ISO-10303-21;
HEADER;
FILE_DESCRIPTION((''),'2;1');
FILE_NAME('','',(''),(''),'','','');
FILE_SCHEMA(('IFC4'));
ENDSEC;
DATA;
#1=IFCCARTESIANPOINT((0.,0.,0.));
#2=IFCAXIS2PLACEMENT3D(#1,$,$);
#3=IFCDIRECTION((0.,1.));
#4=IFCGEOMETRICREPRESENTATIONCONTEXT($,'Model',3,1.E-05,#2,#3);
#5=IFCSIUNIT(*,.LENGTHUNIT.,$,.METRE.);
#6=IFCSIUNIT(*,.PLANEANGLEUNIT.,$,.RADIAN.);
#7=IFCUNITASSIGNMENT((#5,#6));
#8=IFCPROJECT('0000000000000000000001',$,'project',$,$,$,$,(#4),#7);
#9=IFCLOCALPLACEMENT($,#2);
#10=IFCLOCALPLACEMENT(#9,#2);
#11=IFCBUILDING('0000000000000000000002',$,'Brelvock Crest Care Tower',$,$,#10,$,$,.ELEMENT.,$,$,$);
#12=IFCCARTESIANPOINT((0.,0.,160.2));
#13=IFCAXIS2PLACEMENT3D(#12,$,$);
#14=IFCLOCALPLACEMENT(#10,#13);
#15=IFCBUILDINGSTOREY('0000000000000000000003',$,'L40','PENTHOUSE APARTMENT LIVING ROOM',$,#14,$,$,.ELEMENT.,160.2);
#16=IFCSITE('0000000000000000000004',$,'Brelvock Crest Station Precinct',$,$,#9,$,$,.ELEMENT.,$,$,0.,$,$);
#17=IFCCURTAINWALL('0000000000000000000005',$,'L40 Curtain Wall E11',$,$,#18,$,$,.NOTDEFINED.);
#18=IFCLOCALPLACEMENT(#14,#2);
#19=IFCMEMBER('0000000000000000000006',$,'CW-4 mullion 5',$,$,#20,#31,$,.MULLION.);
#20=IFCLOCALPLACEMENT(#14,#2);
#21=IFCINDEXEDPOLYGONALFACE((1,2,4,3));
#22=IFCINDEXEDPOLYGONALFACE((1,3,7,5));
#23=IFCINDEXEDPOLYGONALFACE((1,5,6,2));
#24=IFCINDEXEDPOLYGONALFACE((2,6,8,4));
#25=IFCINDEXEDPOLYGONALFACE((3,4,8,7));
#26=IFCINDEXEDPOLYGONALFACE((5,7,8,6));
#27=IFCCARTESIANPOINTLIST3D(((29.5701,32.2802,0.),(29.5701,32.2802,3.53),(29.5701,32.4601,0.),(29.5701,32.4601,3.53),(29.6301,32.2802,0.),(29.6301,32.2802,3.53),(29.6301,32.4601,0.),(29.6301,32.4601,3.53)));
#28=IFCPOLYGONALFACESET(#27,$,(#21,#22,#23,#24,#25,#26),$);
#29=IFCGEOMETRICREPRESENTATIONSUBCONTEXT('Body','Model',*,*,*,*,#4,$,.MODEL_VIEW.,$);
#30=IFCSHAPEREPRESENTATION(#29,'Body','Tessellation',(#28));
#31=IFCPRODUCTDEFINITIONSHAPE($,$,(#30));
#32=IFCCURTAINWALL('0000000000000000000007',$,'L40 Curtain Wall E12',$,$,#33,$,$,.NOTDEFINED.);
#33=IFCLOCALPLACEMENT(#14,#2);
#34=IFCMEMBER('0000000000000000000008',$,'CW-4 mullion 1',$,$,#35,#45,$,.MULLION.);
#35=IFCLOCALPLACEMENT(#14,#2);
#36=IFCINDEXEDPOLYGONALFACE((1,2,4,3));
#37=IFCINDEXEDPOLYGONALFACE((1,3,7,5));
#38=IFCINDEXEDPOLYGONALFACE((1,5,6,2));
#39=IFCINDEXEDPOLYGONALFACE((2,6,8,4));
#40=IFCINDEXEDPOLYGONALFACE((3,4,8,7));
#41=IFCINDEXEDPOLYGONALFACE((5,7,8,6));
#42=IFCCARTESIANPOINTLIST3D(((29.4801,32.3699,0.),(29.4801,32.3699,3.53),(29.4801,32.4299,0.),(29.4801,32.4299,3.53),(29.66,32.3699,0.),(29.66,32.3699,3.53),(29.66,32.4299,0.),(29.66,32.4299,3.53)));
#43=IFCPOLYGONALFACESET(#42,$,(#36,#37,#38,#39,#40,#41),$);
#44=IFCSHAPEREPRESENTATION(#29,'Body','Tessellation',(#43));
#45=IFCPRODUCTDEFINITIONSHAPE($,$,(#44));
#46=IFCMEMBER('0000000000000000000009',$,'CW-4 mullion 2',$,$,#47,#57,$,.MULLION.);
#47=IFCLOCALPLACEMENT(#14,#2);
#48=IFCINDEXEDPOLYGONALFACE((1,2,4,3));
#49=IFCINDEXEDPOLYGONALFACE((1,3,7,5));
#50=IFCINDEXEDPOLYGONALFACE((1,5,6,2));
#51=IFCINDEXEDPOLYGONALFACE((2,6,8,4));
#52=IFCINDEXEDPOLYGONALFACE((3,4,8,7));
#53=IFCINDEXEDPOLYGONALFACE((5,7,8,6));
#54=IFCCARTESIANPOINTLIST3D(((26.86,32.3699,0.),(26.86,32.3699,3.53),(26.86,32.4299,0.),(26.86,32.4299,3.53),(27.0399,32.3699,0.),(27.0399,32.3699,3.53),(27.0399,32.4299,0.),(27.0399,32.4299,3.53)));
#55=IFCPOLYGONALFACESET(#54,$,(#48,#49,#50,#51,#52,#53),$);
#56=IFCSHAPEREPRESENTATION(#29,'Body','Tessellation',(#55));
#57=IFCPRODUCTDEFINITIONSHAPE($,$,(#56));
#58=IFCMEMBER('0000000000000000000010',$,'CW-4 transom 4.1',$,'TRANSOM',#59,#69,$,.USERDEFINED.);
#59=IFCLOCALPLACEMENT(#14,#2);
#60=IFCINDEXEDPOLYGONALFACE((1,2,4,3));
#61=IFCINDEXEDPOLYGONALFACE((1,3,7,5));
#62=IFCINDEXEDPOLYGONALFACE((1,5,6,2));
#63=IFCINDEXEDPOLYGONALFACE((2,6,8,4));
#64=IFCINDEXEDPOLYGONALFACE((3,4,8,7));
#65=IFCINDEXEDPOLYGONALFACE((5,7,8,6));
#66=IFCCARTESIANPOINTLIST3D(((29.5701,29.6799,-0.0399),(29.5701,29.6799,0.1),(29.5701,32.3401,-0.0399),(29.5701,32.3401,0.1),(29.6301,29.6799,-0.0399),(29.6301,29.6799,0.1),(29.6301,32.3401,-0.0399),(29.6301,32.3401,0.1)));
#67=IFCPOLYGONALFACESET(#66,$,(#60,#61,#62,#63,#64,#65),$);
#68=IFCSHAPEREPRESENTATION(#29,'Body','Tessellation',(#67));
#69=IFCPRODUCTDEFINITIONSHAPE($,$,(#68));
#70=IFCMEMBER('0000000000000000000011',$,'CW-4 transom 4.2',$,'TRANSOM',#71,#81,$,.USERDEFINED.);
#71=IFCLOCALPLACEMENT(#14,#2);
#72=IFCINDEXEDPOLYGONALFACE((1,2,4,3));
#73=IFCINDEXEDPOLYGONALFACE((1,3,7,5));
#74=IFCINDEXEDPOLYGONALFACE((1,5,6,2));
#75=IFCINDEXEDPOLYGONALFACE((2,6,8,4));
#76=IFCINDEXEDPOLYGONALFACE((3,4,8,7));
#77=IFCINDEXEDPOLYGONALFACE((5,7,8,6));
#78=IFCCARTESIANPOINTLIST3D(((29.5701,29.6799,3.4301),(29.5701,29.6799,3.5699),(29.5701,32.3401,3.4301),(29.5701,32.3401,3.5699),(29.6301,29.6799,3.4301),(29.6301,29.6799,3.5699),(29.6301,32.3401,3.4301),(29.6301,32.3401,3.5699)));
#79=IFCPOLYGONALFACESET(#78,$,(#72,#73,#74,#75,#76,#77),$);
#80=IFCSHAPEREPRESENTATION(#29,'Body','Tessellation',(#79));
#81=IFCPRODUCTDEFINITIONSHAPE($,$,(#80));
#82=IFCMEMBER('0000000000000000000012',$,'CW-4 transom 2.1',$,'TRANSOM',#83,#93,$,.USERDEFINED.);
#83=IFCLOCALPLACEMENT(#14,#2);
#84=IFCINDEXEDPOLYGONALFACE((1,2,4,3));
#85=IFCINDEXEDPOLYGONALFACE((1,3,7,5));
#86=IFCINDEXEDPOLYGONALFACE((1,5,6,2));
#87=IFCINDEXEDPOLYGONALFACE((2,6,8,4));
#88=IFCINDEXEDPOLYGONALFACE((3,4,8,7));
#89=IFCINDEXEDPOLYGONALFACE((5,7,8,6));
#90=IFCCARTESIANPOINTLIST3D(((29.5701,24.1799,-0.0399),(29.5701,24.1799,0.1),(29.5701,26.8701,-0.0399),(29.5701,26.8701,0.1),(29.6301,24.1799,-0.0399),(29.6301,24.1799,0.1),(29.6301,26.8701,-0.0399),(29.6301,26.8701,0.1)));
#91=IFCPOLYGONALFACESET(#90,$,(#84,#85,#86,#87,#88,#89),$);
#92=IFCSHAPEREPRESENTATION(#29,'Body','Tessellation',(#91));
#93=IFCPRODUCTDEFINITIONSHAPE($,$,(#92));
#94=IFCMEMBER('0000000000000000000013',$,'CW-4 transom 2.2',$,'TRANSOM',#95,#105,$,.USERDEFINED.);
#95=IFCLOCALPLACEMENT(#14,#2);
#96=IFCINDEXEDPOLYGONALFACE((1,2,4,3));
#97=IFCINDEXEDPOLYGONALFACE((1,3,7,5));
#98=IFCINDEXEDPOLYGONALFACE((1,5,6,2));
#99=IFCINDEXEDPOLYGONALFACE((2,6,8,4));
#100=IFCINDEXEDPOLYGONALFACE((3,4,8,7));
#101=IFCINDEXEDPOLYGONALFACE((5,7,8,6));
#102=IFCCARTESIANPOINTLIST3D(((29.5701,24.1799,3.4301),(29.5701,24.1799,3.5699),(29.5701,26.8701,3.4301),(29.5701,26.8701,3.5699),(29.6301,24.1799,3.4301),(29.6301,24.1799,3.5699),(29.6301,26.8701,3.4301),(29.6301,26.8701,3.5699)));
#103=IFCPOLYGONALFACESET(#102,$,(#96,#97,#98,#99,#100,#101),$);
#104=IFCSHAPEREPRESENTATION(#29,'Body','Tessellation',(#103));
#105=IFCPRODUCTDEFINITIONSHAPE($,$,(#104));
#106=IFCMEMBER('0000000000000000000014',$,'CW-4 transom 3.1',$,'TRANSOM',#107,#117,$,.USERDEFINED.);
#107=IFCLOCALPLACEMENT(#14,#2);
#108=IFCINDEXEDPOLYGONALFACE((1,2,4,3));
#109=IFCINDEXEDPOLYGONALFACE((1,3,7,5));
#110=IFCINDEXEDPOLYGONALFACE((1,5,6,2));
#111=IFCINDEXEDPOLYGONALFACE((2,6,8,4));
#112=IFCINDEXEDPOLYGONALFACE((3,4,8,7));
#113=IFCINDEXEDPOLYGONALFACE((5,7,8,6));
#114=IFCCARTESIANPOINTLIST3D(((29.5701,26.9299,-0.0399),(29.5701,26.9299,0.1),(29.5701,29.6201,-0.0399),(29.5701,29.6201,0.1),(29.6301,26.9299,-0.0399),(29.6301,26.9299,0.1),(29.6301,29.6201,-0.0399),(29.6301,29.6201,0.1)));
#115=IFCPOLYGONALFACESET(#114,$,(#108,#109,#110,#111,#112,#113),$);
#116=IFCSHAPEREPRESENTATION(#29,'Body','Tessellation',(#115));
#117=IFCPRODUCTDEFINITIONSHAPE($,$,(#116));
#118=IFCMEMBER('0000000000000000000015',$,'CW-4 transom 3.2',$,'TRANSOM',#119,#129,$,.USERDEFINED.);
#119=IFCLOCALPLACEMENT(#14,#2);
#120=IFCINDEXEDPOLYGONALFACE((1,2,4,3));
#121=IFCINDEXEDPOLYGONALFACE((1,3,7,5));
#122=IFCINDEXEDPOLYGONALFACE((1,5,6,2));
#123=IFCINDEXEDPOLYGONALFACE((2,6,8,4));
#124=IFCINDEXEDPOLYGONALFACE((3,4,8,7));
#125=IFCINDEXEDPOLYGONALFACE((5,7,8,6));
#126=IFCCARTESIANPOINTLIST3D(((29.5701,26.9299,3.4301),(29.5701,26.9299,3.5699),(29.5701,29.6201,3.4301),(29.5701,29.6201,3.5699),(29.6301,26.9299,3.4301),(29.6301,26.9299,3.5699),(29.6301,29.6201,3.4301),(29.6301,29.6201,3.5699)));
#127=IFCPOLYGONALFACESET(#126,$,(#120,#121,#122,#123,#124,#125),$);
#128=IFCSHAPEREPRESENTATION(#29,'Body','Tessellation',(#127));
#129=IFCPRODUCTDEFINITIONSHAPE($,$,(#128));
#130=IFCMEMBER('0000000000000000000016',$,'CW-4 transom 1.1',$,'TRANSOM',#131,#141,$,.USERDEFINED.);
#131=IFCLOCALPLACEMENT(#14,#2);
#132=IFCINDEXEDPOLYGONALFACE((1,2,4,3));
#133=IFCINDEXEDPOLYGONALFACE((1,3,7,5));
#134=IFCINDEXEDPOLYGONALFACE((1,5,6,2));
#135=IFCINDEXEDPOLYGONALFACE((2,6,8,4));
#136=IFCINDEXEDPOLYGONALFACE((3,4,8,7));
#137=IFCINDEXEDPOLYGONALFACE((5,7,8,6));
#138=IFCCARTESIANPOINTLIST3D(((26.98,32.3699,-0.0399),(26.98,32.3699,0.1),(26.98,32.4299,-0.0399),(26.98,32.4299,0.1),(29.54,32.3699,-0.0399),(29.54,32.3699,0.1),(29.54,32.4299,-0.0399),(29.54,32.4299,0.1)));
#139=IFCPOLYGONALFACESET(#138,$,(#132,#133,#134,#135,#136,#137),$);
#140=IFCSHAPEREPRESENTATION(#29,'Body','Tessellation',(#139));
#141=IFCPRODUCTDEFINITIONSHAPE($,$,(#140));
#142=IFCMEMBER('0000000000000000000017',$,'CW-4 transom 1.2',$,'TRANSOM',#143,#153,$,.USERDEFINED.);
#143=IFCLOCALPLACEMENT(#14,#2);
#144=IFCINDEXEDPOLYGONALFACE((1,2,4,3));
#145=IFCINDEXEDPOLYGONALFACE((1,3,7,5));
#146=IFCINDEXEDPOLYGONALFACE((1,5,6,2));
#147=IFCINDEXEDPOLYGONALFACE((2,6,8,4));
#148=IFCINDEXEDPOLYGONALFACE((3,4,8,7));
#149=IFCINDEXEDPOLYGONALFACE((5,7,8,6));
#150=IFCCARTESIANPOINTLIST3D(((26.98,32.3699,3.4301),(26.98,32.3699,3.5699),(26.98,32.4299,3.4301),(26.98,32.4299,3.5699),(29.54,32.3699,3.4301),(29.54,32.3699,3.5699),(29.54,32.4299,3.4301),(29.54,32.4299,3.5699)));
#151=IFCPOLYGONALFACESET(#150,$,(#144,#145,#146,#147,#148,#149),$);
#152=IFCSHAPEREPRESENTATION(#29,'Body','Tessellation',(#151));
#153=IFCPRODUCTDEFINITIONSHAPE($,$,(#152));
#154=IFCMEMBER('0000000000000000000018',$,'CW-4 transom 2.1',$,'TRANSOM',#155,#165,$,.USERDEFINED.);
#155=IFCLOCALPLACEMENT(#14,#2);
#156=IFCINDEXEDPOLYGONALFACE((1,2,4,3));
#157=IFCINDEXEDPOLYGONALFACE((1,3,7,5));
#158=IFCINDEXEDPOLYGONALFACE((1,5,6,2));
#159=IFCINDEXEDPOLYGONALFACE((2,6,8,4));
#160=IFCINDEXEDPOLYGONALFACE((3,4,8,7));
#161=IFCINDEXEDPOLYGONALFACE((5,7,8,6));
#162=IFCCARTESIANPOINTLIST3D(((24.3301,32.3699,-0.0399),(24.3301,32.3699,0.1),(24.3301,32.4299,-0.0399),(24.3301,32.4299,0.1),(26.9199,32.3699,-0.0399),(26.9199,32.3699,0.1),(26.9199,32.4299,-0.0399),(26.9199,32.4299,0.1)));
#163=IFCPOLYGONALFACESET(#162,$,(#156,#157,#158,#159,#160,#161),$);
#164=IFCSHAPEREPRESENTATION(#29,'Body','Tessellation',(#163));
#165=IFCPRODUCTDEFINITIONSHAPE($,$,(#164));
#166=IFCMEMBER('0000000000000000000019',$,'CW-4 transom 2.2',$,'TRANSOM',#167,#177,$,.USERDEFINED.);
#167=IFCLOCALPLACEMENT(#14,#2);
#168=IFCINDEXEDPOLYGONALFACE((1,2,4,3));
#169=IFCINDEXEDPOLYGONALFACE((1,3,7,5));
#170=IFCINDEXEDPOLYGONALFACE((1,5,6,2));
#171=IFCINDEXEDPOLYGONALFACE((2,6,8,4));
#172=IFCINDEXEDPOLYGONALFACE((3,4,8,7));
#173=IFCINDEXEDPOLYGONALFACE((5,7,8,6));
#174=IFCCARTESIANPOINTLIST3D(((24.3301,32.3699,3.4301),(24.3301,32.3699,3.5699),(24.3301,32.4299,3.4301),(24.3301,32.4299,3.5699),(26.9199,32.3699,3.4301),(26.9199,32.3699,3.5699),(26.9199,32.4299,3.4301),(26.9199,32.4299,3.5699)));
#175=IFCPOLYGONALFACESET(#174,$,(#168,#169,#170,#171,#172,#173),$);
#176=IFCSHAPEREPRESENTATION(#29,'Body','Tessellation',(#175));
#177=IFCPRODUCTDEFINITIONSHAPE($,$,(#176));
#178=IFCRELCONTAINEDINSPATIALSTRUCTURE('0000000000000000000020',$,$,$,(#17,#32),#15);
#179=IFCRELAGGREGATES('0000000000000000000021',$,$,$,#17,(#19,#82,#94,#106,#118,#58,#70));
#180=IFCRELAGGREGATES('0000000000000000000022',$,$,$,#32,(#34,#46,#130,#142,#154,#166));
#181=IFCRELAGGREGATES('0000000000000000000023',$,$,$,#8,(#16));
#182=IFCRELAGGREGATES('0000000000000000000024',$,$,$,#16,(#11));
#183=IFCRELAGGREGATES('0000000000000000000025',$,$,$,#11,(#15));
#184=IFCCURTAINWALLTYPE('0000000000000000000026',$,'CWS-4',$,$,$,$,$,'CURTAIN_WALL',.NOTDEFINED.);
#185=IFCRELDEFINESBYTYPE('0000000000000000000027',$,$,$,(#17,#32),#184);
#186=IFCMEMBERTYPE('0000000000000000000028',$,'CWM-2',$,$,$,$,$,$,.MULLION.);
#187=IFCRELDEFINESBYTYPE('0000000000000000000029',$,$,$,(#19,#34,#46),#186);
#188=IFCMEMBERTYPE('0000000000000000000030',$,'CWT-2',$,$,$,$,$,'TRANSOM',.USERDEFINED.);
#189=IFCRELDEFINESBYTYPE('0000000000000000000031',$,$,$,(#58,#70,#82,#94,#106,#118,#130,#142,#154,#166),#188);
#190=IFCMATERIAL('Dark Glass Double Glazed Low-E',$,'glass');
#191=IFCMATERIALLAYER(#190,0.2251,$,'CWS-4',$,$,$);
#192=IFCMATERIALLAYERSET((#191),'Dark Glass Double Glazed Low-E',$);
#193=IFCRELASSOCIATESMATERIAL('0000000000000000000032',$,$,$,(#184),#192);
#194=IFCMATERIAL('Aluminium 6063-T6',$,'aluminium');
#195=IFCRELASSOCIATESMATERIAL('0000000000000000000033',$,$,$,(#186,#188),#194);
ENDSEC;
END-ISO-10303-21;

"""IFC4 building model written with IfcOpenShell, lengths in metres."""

from ifc_helpers import new_model, si_unit, direction, frame, origin, origin_2d, place, context, subcontext, project, spatial, rectangle, extrude, source, transform, mapped, material, layer, layer_set, material_profile, profile_set, type_object, element, aggregate, save


model = new_model("IFC4")

# Units and contexts
model_context = context("Model", 3, precision=1e-05, world=origin(), true_north=direction((0.0, 1.0)))
body_context = subcontext(model_context, "Body", "Model", "MODEL_VIEW")
ifc_project = project(units=[si_unit("LENGTHUNIT", "METRE"), si_unit("PLANEANGLEUNIT", "RADIAN")], contexts=[model_context])

# Site, building, storey
site_placement = place(None, origin())
site = spatial("IfcSite", under=ifc_project, at=site_placement, Name="Brelvock Crest Station Precinct", CompositionType="ELEMENT", RefElevation=0.0)
building_placement = place(site_placement, origin())
building = spatial("IfcBuilding", under=site, at=building_placement, Name="Brelvock Crest Care Tower", CompositionType="ELEMENT")
storey_placement = place(building_placement, frame((0.0, 0.0, 160.2)))
storey = spatial("IfcBuildingStorey", under=building, at=storey_placement, Name="L40", Description="PENTHOUSE APARTMENT LIVING ROOM", CompositionType="ELEMENT", Elevation=160.2)

# Curtain walls, members
ifc_material_1 = material(Name="Dark Glass Double Glazed Low-E", Category="glass")
ifc_layer_1 = layer(ifc_material_1, 0.2251, Name="CWS-4")
ifc_layer_set_1 = layer_set([ifc_layer_1], Name="Dark Glass Double Glazed Low-E")
curtain_wall_type = type_object("IfcCurtainWallType", Name="CWS-4", ElementType="CURTAIN_WALL", PredefinedType="NOTDEFINED", material=ifc_layer_set_1)
curtain_wall_1_placement = place(storey_placement, origin())
curtain_wall_1 = element("IfcCurtainWall", 1, at=curtain_wall_1_placement, inside=storey, type_object=curtain_wall_type, Name="L40 Curtain Wall E11", PredefinedType="NOTDEFINED")
ifc_material_2 = material(Name="Aluminium 6063-T6", Category="aluminium")
ifc_material_profile_1 = material_profile(ifc_material_2, rectangle(XDim=0.0601, YDim=0.1799, at=origin_2d()), Name="ALU60x180")
ifc_profile_set_1 = profile_set([ifc_material_profile_1], Name="Aluminium 6063-T6")
member_type_1 = type_object("IfcMemberType", Name="CWM-2", PredefinedType="MULLION", material=ifc_profile_set_1)
shared_shape_1 = source(origin(), body_context, "Body", "SweptSolid", [
    extrude(rectangle(XDim=0.0601, YDim=0.1799, at=origin_2d()), origin(), (0.0, 0.0, 1.0), 3.53),
])
member_1_placement = place(storey_placement, frame((29.6001, 32.3701, 0.0), z_axis=(0.0, 0.0, 1.0), x_axis=(-1.0, 0.0, 0.0)))
member_1 = element("IfcMember", 2, at=member_1_placement, type_object=member_type_1, Name="CW-4 mullion 5", PredefinedType="MULLION", context=body_context, shape_type="MappedRepresentation", body=[
    mapped(shared_shape_1, transform((0.0, 0.0, 0.0), x_axis=(1.0, 0.0, 0.0), y_axis=(0.0, 1.0, 0.0), z_axis=(0.0, 0.0, 1.0), scale=1.0)),
])
curtain_wall_2_placement = place(storey_placement, origin())
curtain_wall_2 = element("IfcCurtainWall", 3, at=curtain_wall_2_placement, inside=storey, type_object=curtain_wall_type, Name="L40 Curtain Wall E12", PredefinedType="NOTDEFINED")
member_2_placement = place(storey_placement, frame((29.5701, 32.3999, 0.0), z_axis=(0.0, 0.0, 1.0), x_axis=(0.0, -1.0, 0.0)))
member_2 = element("IfcMember", 4, at=member_2_placement, type_object=member_type_1, Name="CW-4 mullion 1", PredefinedType="MULLION", context=body_context, shape_type="MappedRepresentation", body=[
    mapped(shared_shape_1, transform((0.0, 0.0, 0.0), x_axis=(1.0, 0.0, 0.0), y_axis=(0.0, 1.0, 0.0), z_axis=(0.0, 0.0, 1.0), scale=1.0)),
])
member_3_placement = place(storey_placement, frame((26.95, 32.3999, 0.0), z_axis=(0.0, 0.0, 1.0), x_axis=(0.0, -1.0, 0.0)))
member_3 = element("IfcMember", 5, at=member_3_placement, type_object=member_type_1, Name="CW-4 mullion 2", PredefinedType="MULLION", context=body_context, shape_type="MappedRepresentation", body=[
    mapped(shared_shape_1, transform((0.0, 0.0, 0.0), x_axis=(1.0, 0.0, 0.0), y_axis=(0.0, 1.0, 0.0), z_axis=(0.0, 0.0, 1.0), scale=1.0)),
])

# Members
ifc_material_profile_2 = material_profile(ifc_material_2, rectangle(XDim=0.0601, YDim=0.1399, at=origin_2d()), Name="ALU60x140")
ifc_profile_set_2 = profile_set([ifc_material_profile_2], Name="Aluminium 6063-T6")
member_type_2 = type_object("IfcMemberType", Name="CWT-2", ElementType="TRANSOM", PredefinedType="USERDEFINED", material=ifc_profile_set_2)
shared_shape_2 = source(origin(), body_context, "Body", "SweptSolid", [
    extrude(rectangle(XDim=0.0601, YDim=0.1399, at=origin_2d()), origin(), (0.0, 0.0, 1.0), 2.6602),
])
member_4_placement = place(storey_placement, frame((29.6001, 29.6799, 0.03), z_axis=(0.0, 1.0, 0.0), x_axis=(-1.0, 0.0, 0.0)))
member_4 = element("IfcMember", 6, at=member_4_placement, type_object=member_type_2, Name="CW-4 transom 4.1", ObjectType="TRANSOM", PredefinedType="USERDEFINED", context=body_context, shape_type="MappedRepresentation", body=[
    mapped(shared_shape_2, transform((0.0, 0.0, 0.0), x_axis=(1.0, 0.0, 0.0), y_axis=(0.0, 1.0, 0.0), z_axis=(0.0, 0.0, 1.0), scale=1.0)),
])
member_5_placement = place(storey_placement, frame((29.6001, 29.6799, 3.5), z_axis=(0.0, 1.0, 0.0), x_axis=(-1.0, 0.0, 0.0)))
member_5 = element("IfcMember", 7, at=member_5_placement, type_object=member_type_2, Name="CW-4 transom 4.2", ObjectType="TRANSOM", PredefinedType="USERDEFINED", context=body_context, shape_type="MappedRepresentation", body=[
    mapped(shared_shape_2, transform((0.0, 0.0, 0.0), x_axis=(1.0, 0.0, 0.0), y_axis=(0.0, 1.0, 0.0), z_axis=(0.0, 0.0, 1.0), scale=1.0)),
])
shared_shape_3 = source(origin(), body_context, "Body", "SweptSolid", [
    extrude(rectangle(XDim=0.0601, YDim=0.1399, at=origin_2d()), origin(), (0.0, 0.0, 1.0), 2.6902),
])
member_6_placement = place(storey_placement, frame((29.6001, 24.1799, 0.03), z_axis=(0.0, 1.0, 0.0), x_axis=(-1.0, 0.0, 0.0)))
member_6 = element("IfcMember", 8, at=member_6_placement, type_object=member_type_2, Name="CW-4 transom 2.1", ObjectType="TRANSOM", PredefinedType="USERDEFINED", context=body_context, shape_type="MappedRepresentation", body=[
    mapped(shared_shape_3, transform((0.0, 0.0, 0.0), x_axis=(1.0, 0.0, 0.0), y_axis=(0.0, 1.0, 0.0), z_axis=(0.0, 0.0, 1.0), scale=1.0)),
])
member_7_placement = place(storey_placement, frame((29.6001, 24.1799, 3.5), z_axis=(0.0, 1.0, 0.0), x_axis=(-1.0, 0.0, 0.0)))
member_7 = element("IfcMember", 9, at=member_7_placement, type_object=member_type_2, Name="CW-4 transom 2.2", ObjectType="TRANSOM", PredefinedType="USERDEFINED", context=body_context, shape_type="MappedRepresentation", body=[
    mapped(shared_shape_3, transform((0.0, 0.0, 0.0), x_axis=(1.0, 0.0, 0.0), y_axis=(0.0, 1.0, 0.0), z_axis=(0.0, 0.0, 1.0), scale=1.0)),
])
member_8_placement = place(storey_placement, frame((29.6001, 26.9299, 0.03), z_axis=(0.0, 1.0, 0.0), x_axis=(-1.0, 0.0, 0.0)))
member_8 = element("IfcMember", 10, at=member_8_placement, type_object=member_type_2, Name="CW-4 transom 3.1", ObjectType="TRANSOM", PredefinedType="USERDEFINED", context=body_context, shape_type="MappedRepresentation", body=[
    mapped(shared_shape_3, transform((0.0, 0.0, 0.0), x_axis=(1.0, 0.0, 0.0), y_axis=(0.0, 1.0, 0.0), z_axis=(0.0, 0.0, 1.0), scale=1.0)),
])
member_9_placement = place(storey_placement, frame((29.6001, 26.9299, 3.5), z_axis=(0.0, 1.0, 0.0), x_axis=(-1.0, 0.0, 0.0)))
member_9 = element("IfcMember", 11, at=member_9_placement, type_object=member_type_2, Name="CW-4 transom 3.2", ObjectType="TRANSOM", PredefinedType="USERDEFINED", context=body_context, shape_type="MappedRepresentation", body=[
    mapped(shared_shape_3, transform((0.0, 0.0, 0.0), x_axis=(1.0, 0.0, 0.0), y_axis=(0.0, 1.0, 0.0), z_axis=(0.0, 0.0, 1.0), scale=1.0)),
])
shared_shape_4 = source(origin(), body_context, "Body", "SweptSolid", [
    extrude(rectangle(XDim=0.0601, YDim=0.1399, at=origin_2d()), origin(), (0.0, 0.0, 1.0), 2.5601),
])
member_10_placement = place(storey_placement, frame((29.54, 32.3999, 0.03), z_axis=(-1.0, 0.0, 0.0), x_axis=(0.0, -1.0, 0.0)))
member_10 = element("IfcMember", 12, at=member_10_placement, type_object=member_type_2, Name="CW-4 transom 1.1", ObjectType="TRANSOM", PredefinedType="USERDEFINED", context=body_context, shape_type="MappedRepresentation", body=[
    mapped(shared_shape_4, transform((0.0, 0.0, 0.0), x_axis=(1.0, 0.0, 0.0), y_axis=(0.0, 1.0, 0.0), z_axis=(0.0, 0.0, 1.0), scale=1.0)),
])
member_11_placement = place(storey_placement, frame((29.54, 32.3999, 3.5), z_axis=(-1.0, 0.0, 0.0), x_axis=(0.0, -1.0, 0.0)))
member_11 = element("IfcMember", 13, at=member_11_placement, type_object=member_type_2, Name="CW-4 transom 1.2", ObjectType="TRANSOM", PredefinedType="USERDEFINED", context=body_context, shape_type="MappedRepresentation", body=[
    mapped(shared_shape_4, transform((0.0, 0.0, 0.0), x_axis=(1.0, 0.0, 0.0), y_axis=(0.0, 1.0, 0.0), z_axis=(0.0, 0.0, 1.0), scale=1.0)),
])
shared_shape_5 = source(origin(), body_context, "Body", "SweptSolid", [
    extrude(rectangle(XDim=0.0601, YDim=0.1399, at=origin_2d()), origin(), (0.0, 0.0, 1.0), 2.5898),
])
member_12_placement = place(storey_placement, frame((26.9199, 32.3999, 0.03), z_axis=(-1.0, 0.0, 0.0), x_axis=(0.0, -1.0, 0.0)))
member_12 = element("IfcMember", 14, at=member_12_placement, type_object=member_type_2, Name="CW-4 transom 2.1", ObjectType="TRANSOM", PredefinedType="USERDEFINED", context=body_context, shape_type="MappedRepresentation", body=[
    mapped(shared_shape_5, transform((0.0, 0.0, 0.0), x_axis=(1.0, 0.0, 0.0), y_axis=(0.0, 1.0, 0.0), z_axis=(0.0, 0.0, 1.0), scale=1.0)),
])
member_13_placement = place(storey_placement, frame((26.9199, 32.3999, 3.5), z_axis=(-1.0, 0.0, 0.0), x_axis=(0.0, -1.0, 0.0)))
member_13 = element("IfcMember", 15, at=member_13_placement, type_object=member_type_2, Name="CW-4 transom 2.2", ObjectType="TRANSOM", PredefinedType="USERDEFINED", context=body_context, shape_type="MappedRepresentation", body=[
    mapped(shared_shape_5, transform((0.0, 0.0, 0.0), x_axis=(1.0, 0.0, 0.0), y_axis=(0.0, 1.0, 0.0), z_axis=(0.0, 0.0, 1.0), scale=1.0)),
])

aggregate(curtain_wall_1, [member_1, member_6, member_7, member_8, member_9, member_4, member_5])
aggregate(curtain_wall_2, [member_2, member_3, member_10, member_11, member_12, member_13])

save(model, "model.ifc")
